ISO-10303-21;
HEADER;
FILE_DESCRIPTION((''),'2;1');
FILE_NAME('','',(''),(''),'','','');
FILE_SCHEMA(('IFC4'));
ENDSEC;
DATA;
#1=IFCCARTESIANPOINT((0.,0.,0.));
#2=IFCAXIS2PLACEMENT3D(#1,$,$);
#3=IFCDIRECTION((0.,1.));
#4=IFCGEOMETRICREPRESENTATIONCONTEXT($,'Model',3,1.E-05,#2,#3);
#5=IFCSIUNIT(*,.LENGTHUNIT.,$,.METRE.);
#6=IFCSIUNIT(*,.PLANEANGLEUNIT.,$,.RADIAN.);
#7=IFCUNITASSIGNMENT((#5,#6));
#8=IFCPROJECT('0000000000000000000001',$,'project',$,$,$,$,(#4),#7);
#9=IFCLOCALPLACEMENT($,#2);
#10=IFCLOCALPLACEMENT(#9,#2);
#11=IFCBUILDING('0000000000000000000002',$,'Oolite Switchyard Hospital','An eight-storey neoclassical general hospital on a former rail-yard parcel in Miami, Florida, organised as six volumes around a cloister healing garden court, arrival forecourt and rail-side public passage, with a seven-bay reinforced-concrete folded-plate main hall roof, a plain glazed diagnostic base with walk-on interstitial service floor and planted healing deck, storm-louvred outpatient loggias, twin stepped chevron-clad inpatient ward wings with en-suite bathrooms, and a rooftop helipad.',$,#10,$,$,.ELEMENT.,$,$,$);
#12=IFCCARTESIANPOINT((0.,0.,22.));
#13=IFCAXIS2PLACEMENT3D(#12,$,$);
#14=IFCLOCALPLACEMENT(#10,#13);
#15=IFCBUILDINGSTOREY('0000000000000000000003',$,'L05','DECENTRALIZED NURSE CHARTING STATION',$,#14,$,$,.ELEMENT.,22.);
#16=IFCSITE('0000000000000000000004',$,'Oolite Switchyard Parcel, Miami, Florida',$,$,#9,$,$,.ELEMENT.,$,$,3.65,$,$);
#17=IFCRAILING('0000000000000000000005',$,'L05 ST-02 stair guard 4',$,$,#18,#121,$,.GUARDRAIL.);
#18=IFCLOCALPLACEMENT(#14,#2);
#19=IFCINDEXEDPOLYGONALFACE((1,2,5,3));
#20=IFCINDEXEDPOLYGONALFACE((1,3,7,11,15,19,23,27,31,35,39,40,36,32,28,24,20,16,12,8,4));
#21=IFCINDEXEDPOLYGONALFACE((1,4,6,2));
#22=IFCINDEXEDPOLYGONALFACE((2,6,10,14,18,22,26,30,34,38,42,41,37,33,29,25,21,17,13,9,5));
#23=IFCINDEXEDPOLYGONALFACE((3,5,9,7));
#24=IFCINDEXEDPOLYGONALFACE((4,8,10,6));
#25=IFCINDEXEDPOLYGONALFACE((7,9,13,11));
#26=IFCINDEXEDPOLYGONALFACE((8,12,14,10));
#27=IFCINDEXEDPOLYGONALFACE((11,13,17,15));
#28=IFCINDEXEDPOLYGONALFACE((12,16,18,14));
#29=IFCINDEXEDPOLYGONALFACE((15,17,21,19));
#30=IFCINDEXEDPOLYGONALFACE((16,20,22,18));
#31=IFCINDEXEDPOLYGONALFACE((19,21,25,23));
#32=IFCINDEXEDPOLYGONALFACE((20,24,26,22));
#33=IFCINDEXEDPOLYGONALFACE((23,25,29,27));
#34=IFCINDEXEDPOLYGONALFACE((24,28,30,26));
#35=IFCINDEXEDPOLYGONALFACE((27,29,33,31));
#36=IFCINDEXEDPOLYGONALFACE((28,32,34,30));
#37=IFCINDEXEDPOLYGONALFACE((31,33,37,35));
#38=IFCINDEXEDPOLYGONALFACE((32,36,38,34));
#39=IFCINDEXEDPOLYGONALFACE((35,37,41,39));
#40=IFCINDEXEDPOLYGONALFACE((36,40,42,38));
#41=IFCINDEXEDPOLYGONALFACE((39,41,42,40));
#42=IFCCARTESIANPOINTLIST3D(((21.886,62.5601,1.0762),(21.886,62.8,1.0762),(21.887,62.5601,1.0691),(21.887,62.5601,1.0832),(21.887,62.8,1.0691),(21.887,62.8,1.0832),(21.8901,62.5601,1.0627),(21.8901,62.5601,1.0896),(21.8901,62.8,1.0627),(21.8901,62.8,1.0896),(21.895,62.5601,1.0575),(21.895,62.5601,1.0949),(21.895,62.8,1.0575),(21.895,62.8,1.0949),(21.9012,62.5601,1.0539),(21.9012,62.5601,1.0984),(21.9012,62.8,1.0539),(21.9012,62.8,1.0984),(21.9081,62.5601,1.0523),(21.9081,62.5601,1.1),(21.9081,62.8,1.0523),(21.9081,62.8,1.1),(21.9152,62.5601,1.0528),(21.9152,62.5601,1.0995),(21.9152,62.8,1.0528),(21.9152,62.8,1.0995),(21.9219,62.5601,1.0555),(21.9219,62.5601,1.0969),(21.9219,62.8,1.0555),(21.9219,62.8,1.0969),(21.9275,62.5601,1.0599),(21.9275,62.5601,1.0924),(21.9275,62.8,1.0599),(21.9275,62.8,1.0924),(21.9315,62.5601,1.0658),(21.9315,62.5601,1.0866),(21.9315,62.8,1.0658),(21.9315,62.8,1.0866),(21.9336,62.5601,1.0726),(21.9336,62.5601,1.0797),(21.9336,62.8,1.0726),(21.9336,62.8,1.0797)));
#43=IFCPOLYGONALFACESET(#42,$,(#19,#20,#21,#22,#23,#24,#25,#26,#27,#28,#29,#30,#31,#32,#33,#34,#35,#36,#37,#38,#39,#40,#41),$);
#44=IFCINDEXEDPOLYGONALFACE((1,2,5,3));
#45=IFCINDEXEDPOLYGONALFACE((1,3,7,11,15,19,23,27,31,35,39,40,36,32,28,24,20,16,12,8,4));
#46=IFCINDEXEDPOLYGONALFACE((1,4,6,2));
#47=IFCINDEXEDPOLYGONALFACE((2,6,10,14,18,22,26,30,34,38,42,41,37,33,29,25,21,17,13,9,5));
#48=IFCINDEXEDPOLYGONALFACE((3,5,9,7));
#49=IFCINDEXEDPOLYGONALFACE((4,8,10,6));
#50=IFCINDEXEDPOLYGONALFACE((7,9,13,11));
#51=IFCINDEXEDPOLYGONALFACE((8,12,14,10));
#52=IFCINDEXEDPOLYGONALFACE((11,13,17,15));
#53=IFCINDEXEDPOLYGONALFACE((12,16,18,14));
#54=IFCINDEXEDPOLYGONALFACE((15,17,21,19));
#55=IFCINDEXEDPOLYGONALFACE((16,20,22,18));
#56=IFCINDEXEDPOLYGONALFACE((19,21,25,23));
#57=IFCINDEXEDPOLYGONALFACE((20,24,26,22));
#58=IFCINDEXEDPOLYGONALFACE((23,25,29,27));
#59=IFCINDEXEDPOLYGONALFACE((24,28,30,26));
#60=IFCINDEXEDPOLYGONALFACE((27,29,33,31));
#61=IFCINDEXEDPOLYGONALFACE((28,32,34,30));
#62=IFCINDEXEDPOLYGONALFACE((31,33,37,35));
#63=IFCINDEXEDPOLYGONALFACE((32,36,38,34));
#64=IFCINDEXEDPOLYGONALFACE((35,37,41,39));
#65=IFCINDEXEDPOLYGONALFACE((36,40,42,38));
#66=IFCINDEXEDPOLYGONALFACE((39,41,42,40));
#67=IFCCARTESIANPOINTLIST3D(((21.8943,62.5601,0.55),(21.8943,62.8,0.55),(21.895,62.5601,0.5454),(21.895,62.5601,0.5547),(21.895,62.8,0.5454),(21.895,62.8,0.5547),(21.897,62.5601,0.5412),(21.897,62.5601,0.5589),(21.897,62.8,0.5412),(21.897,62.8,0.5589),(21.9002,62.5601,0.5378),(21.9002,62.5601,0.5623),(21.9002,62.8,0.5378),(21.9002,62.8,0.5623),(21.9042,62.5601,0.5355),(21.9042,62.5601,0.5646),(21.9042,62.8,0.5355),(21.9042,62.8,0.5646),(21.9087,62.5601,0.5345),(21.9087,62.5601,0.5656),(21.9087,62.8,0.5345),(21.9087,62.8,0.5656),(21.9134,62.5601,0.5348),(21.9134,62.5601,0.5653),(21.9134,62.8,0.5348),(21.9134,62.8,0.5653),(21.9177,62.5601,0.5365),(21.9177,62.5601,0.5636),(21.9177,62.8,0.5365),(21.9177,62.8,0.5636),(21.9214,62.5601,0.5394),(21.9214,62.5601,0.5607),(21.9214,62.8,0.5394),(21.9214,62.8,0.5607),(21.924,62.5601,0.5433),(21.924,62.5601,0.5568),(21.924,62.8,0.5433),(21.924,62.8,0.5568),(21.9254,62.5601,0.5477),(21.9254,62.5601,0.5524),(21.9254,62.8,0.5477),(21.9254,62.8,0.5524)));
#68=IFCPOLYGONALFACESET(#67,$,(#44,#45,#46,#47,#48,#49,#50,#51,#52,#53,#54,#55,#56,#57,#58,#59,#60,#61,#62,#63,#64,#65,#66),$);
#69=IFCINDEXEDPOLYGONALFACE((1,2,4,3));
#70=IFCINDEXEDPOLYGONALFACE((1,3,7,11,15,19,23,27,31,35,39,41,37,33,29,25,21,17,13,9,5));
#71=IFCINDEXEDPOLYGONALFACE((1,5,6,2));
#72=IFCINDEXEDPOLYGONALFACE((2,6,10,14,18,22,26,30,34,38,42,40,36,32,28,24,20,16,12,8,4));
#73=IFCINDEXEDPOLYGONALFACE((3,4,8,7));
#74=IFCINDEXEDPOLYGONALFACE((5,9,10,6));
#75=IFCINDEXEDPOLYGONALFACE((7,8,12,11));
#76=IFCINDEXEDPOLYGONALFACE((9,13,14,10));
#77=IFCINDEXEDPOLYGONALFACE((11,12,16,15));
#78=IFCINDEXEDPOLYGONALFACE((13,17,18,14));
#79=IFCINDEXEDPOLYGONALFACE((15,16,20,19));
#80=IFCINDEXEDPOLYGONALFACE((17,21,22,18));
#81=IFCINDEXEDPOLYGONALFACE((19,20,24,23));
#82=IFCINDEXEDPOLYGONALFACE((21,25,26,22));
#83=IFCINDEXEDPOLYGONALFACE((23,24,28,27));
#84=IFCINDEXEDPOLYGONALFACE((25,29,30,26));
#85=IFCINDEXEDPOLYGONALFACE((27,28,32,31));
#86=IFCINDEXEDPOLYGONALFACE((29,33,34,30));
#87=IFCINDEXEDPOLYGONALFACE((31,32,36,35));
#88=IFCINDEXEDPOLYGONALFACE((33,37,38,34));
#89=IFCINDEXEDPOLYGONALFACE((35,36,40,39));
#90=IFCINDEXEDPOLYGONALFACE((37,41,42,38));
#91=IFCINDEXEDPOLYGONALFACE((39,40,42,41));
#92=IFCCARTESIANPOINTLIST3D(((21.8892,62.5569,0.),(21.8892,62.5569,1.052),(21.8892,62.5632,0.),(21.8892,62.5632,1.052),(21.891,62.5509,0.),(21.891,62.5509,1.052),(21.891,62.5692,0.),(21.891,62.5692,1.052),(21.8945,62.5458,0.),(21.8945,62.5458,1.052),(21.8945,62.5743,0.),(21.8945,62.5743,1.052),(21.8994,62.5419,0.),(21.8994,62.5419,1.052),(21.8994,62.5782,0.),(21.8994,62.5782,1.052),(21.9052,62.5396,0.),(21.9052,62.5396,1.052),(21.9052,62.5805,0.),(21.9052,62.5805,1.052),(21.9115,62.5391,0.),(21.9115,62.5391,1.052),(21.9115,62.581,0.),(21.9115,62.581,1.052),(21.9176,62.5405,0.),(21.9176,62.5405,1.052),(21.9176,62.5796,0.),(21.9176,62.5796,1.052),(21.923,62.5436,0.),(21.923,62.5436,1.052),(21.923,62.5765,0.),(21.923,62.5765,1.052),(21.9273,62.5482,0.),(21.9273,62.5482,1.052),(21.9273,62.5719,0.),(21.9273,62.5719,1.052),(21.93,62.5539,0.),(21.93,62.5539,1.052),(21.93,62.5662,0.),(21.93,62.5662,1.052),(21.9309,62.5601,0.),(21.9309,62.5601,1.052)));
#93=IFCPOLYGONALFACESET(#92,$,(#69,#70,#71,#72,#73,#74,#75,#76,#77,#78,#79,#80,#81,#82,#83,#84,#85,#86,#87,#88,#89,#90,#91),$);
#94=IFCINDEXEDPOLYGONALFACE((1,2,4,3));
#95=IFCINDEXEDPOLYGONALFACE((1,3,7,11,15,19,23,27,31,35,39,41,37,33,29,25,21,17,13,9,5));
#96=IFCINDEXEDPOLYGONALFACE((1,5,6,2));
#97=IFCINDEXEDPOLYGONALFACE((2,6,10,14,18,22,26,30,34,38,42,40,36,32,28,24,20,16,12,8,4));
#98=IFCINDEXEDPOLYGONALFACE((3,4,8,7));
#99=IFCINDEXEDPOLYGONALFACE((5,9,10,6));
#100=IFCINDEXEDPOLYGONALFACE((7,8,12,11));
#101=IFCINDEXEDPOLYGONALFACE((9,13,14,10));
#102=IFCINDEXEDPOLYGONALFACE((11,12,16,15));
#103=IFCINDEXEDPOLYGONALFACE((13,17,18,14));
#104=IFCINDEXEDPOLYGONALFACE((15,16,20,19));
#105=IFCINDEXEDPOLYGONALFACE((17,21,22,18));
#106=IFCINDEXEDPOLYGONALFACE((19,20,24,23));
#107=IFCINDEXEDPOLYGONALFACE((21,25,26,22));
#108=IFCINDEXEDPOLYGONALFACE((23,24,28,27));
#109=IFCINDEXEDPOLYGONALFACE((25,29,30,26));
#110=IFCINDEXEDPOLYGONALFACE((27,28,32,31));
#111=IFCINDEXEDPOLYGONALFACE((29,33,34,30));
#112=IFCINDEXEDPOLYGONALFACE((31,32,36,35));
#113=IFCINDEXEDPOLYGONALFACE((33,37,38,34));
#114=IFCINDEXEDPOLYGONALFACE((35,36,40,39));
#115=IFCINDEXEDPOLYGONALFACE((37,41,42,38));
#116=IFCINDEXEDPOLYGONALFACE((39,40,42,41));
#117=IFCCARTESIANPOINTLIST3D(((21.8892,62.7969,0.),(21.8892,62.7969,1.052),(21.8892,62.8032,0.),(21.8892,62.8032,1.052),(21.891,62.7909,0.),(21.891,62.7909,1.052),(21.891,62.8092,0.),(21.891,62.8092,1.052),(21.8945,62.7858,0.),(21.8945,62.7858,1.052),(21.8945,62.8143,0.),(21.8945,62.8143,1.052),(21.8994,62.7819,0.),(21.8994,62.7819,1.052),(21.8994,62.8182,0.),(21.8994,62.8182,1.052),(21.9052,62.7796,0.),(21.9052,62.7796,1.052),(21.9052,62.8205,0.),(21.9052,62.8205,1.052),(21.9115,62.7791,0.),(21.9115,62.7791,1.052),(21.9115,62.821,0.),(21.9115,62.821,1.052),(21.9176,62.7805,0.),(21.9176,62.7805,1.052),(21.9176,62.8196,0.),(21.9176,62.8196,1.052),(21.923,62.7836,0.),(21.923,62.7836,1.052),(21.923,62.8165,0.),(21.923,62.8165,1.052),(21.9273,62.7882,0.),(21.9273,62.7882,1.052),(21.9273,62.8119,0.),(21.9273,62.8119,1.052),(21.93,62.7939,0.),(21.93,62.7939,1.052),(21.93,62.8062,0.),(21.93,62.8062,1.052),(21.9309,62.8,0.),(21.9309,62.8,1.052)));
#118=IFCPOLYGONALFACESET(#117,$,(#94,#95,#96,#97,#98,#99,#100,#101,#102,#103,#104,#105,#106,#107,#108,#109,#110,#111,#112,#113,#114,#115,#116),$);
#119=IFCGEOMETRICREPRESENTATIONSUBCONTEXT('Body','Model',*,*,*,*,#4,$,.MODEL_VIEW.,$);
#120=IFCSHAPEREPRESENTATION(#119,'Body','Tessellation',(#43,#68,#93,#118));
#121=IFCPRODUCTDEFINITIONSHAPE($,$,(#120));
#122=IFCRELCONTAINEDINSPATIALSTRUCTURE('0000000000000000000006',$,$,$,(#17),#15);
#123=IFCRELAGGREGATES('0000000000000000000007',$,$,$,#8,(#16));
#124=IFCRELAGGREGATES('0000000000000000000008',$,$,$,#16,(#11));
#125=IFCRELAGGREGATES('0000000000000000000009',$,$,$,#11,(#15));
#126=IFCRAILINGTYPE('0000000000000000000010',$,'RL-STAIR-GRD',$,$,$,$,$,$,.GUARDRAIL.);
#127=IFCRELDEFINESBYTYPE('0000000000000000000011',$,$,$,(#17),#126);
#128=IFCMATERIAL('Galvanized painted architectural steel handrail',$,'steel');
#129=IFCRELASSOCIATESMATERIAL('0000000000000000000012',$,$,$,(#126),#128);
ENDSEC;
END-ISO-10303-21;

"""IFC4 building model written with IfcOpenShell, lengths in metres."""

from ifc_helpers import new_model, si_unit, direction, frame, origin, origin_2d, place, context, subcontext, project, spatial, circle, extrude, material, type_object, element, save


model = new_model("IFC4")

# Units and contexts
model_context = context("Model", 3, precision=1e-05, world=origin(), true_north=direction((0.0, 1.0)))
body_context = subcontext(model_context, "Body", "Model", "MODEL_VIEW")
ifc_project = project(units=[si_unit("LENGTHUNIT", "METRE"), si_unit("PLANEANGLEUNIT", "RADIAN")], contexts=[model_context])

# Site, building, storey
site_placement = place(None, origin())
site = spatial("IfcSite", under=ifc_project, at=site_placement, Name="Oolite Switchyard Parcel, Miami, Florida", CompositionType="ELEMENT", RefElevation=3.65)
building_placement = place(site_placement, origin())
building = spatial("IfcBuilding", under=site, at=building_placement, Name="Oolite Switchyard Hospital", Description="An eight-storey neoclassical general hospital on a former rail-yard parcel in Miami, Florida, organised as six volumes around a cloister healing garden court, arrival forecourt and rail-side public passage, with a seven-bay reinforced-concrete folded-plate main hall roof, a plain glazed diagnostic base with walk-on interstitial service floor and planted healing deck, storm-louvred outpatient loggias, twin stepped chevron-clad inpatient ward wings with en-suite bathrooms, and a rooftop helipad.", CompositionType="ELEMENT")
storey_placement = place(building_placement, frame((0.0, 0.0, 22.0)))
storey = spatial("IfcBuildingStorey", under=building, at=storey_placement, Name="L05", Description="DECENTRALIZED NURSE CHARTING STATION", CompositionType="ELEMENT", Elevation=22.0)

# Railing
ifc_material_1 = material(Name="Galvanized painted architectural steel handrail", Category="steel")
railing_type_1 = type_object("IfcRailingType", Name="RL-STAIR-GRD", PredefinedType="GUARDRAIL", material=ifc_material_1)
railing_1_placement = place(storey_placement, frame((21.9099, 62.5601, 0.0)))
element("IfcRailing", 1, at=railing_1_placement, inside=storey, type_object=railing_type_1, Name="L05 ST-02 stair guard 4", PredefinedType="GUARDRAIL", context=body_context, shape_type="SweptSolid", body=[
    extrude(circle(Radius=0.0239, at=origin_2d()), frame((0.0, 0.0, 1.0762), z_axis=(0.0, 1.0, 0.0), x_axis=(-1.0, 0.0, 0.0)), (0.0, 0.0, 1.0), 0.24),
    extrude(circle(Radius=0.0156, at=origin_2d()), frame((0.0, 0.0, 0.55), z_axis=(0.0, 1.0, 0.0), x_axis=(-1.0, 0.0, 0.0)), (0.0, 0.0, 1.0), 0.24),
    extrude(circle(Radius=0.021, at=origin_2d()), origin(), (0.0, 0.0, 1.0), 1.052),
    extrude(circle(Radius=0.021, at=origin_2d()), frame((0.0, 0.24, 0.0)), (0.0, 0.0, 1.0), 1.052),
])

save(model, "model.ifc")
